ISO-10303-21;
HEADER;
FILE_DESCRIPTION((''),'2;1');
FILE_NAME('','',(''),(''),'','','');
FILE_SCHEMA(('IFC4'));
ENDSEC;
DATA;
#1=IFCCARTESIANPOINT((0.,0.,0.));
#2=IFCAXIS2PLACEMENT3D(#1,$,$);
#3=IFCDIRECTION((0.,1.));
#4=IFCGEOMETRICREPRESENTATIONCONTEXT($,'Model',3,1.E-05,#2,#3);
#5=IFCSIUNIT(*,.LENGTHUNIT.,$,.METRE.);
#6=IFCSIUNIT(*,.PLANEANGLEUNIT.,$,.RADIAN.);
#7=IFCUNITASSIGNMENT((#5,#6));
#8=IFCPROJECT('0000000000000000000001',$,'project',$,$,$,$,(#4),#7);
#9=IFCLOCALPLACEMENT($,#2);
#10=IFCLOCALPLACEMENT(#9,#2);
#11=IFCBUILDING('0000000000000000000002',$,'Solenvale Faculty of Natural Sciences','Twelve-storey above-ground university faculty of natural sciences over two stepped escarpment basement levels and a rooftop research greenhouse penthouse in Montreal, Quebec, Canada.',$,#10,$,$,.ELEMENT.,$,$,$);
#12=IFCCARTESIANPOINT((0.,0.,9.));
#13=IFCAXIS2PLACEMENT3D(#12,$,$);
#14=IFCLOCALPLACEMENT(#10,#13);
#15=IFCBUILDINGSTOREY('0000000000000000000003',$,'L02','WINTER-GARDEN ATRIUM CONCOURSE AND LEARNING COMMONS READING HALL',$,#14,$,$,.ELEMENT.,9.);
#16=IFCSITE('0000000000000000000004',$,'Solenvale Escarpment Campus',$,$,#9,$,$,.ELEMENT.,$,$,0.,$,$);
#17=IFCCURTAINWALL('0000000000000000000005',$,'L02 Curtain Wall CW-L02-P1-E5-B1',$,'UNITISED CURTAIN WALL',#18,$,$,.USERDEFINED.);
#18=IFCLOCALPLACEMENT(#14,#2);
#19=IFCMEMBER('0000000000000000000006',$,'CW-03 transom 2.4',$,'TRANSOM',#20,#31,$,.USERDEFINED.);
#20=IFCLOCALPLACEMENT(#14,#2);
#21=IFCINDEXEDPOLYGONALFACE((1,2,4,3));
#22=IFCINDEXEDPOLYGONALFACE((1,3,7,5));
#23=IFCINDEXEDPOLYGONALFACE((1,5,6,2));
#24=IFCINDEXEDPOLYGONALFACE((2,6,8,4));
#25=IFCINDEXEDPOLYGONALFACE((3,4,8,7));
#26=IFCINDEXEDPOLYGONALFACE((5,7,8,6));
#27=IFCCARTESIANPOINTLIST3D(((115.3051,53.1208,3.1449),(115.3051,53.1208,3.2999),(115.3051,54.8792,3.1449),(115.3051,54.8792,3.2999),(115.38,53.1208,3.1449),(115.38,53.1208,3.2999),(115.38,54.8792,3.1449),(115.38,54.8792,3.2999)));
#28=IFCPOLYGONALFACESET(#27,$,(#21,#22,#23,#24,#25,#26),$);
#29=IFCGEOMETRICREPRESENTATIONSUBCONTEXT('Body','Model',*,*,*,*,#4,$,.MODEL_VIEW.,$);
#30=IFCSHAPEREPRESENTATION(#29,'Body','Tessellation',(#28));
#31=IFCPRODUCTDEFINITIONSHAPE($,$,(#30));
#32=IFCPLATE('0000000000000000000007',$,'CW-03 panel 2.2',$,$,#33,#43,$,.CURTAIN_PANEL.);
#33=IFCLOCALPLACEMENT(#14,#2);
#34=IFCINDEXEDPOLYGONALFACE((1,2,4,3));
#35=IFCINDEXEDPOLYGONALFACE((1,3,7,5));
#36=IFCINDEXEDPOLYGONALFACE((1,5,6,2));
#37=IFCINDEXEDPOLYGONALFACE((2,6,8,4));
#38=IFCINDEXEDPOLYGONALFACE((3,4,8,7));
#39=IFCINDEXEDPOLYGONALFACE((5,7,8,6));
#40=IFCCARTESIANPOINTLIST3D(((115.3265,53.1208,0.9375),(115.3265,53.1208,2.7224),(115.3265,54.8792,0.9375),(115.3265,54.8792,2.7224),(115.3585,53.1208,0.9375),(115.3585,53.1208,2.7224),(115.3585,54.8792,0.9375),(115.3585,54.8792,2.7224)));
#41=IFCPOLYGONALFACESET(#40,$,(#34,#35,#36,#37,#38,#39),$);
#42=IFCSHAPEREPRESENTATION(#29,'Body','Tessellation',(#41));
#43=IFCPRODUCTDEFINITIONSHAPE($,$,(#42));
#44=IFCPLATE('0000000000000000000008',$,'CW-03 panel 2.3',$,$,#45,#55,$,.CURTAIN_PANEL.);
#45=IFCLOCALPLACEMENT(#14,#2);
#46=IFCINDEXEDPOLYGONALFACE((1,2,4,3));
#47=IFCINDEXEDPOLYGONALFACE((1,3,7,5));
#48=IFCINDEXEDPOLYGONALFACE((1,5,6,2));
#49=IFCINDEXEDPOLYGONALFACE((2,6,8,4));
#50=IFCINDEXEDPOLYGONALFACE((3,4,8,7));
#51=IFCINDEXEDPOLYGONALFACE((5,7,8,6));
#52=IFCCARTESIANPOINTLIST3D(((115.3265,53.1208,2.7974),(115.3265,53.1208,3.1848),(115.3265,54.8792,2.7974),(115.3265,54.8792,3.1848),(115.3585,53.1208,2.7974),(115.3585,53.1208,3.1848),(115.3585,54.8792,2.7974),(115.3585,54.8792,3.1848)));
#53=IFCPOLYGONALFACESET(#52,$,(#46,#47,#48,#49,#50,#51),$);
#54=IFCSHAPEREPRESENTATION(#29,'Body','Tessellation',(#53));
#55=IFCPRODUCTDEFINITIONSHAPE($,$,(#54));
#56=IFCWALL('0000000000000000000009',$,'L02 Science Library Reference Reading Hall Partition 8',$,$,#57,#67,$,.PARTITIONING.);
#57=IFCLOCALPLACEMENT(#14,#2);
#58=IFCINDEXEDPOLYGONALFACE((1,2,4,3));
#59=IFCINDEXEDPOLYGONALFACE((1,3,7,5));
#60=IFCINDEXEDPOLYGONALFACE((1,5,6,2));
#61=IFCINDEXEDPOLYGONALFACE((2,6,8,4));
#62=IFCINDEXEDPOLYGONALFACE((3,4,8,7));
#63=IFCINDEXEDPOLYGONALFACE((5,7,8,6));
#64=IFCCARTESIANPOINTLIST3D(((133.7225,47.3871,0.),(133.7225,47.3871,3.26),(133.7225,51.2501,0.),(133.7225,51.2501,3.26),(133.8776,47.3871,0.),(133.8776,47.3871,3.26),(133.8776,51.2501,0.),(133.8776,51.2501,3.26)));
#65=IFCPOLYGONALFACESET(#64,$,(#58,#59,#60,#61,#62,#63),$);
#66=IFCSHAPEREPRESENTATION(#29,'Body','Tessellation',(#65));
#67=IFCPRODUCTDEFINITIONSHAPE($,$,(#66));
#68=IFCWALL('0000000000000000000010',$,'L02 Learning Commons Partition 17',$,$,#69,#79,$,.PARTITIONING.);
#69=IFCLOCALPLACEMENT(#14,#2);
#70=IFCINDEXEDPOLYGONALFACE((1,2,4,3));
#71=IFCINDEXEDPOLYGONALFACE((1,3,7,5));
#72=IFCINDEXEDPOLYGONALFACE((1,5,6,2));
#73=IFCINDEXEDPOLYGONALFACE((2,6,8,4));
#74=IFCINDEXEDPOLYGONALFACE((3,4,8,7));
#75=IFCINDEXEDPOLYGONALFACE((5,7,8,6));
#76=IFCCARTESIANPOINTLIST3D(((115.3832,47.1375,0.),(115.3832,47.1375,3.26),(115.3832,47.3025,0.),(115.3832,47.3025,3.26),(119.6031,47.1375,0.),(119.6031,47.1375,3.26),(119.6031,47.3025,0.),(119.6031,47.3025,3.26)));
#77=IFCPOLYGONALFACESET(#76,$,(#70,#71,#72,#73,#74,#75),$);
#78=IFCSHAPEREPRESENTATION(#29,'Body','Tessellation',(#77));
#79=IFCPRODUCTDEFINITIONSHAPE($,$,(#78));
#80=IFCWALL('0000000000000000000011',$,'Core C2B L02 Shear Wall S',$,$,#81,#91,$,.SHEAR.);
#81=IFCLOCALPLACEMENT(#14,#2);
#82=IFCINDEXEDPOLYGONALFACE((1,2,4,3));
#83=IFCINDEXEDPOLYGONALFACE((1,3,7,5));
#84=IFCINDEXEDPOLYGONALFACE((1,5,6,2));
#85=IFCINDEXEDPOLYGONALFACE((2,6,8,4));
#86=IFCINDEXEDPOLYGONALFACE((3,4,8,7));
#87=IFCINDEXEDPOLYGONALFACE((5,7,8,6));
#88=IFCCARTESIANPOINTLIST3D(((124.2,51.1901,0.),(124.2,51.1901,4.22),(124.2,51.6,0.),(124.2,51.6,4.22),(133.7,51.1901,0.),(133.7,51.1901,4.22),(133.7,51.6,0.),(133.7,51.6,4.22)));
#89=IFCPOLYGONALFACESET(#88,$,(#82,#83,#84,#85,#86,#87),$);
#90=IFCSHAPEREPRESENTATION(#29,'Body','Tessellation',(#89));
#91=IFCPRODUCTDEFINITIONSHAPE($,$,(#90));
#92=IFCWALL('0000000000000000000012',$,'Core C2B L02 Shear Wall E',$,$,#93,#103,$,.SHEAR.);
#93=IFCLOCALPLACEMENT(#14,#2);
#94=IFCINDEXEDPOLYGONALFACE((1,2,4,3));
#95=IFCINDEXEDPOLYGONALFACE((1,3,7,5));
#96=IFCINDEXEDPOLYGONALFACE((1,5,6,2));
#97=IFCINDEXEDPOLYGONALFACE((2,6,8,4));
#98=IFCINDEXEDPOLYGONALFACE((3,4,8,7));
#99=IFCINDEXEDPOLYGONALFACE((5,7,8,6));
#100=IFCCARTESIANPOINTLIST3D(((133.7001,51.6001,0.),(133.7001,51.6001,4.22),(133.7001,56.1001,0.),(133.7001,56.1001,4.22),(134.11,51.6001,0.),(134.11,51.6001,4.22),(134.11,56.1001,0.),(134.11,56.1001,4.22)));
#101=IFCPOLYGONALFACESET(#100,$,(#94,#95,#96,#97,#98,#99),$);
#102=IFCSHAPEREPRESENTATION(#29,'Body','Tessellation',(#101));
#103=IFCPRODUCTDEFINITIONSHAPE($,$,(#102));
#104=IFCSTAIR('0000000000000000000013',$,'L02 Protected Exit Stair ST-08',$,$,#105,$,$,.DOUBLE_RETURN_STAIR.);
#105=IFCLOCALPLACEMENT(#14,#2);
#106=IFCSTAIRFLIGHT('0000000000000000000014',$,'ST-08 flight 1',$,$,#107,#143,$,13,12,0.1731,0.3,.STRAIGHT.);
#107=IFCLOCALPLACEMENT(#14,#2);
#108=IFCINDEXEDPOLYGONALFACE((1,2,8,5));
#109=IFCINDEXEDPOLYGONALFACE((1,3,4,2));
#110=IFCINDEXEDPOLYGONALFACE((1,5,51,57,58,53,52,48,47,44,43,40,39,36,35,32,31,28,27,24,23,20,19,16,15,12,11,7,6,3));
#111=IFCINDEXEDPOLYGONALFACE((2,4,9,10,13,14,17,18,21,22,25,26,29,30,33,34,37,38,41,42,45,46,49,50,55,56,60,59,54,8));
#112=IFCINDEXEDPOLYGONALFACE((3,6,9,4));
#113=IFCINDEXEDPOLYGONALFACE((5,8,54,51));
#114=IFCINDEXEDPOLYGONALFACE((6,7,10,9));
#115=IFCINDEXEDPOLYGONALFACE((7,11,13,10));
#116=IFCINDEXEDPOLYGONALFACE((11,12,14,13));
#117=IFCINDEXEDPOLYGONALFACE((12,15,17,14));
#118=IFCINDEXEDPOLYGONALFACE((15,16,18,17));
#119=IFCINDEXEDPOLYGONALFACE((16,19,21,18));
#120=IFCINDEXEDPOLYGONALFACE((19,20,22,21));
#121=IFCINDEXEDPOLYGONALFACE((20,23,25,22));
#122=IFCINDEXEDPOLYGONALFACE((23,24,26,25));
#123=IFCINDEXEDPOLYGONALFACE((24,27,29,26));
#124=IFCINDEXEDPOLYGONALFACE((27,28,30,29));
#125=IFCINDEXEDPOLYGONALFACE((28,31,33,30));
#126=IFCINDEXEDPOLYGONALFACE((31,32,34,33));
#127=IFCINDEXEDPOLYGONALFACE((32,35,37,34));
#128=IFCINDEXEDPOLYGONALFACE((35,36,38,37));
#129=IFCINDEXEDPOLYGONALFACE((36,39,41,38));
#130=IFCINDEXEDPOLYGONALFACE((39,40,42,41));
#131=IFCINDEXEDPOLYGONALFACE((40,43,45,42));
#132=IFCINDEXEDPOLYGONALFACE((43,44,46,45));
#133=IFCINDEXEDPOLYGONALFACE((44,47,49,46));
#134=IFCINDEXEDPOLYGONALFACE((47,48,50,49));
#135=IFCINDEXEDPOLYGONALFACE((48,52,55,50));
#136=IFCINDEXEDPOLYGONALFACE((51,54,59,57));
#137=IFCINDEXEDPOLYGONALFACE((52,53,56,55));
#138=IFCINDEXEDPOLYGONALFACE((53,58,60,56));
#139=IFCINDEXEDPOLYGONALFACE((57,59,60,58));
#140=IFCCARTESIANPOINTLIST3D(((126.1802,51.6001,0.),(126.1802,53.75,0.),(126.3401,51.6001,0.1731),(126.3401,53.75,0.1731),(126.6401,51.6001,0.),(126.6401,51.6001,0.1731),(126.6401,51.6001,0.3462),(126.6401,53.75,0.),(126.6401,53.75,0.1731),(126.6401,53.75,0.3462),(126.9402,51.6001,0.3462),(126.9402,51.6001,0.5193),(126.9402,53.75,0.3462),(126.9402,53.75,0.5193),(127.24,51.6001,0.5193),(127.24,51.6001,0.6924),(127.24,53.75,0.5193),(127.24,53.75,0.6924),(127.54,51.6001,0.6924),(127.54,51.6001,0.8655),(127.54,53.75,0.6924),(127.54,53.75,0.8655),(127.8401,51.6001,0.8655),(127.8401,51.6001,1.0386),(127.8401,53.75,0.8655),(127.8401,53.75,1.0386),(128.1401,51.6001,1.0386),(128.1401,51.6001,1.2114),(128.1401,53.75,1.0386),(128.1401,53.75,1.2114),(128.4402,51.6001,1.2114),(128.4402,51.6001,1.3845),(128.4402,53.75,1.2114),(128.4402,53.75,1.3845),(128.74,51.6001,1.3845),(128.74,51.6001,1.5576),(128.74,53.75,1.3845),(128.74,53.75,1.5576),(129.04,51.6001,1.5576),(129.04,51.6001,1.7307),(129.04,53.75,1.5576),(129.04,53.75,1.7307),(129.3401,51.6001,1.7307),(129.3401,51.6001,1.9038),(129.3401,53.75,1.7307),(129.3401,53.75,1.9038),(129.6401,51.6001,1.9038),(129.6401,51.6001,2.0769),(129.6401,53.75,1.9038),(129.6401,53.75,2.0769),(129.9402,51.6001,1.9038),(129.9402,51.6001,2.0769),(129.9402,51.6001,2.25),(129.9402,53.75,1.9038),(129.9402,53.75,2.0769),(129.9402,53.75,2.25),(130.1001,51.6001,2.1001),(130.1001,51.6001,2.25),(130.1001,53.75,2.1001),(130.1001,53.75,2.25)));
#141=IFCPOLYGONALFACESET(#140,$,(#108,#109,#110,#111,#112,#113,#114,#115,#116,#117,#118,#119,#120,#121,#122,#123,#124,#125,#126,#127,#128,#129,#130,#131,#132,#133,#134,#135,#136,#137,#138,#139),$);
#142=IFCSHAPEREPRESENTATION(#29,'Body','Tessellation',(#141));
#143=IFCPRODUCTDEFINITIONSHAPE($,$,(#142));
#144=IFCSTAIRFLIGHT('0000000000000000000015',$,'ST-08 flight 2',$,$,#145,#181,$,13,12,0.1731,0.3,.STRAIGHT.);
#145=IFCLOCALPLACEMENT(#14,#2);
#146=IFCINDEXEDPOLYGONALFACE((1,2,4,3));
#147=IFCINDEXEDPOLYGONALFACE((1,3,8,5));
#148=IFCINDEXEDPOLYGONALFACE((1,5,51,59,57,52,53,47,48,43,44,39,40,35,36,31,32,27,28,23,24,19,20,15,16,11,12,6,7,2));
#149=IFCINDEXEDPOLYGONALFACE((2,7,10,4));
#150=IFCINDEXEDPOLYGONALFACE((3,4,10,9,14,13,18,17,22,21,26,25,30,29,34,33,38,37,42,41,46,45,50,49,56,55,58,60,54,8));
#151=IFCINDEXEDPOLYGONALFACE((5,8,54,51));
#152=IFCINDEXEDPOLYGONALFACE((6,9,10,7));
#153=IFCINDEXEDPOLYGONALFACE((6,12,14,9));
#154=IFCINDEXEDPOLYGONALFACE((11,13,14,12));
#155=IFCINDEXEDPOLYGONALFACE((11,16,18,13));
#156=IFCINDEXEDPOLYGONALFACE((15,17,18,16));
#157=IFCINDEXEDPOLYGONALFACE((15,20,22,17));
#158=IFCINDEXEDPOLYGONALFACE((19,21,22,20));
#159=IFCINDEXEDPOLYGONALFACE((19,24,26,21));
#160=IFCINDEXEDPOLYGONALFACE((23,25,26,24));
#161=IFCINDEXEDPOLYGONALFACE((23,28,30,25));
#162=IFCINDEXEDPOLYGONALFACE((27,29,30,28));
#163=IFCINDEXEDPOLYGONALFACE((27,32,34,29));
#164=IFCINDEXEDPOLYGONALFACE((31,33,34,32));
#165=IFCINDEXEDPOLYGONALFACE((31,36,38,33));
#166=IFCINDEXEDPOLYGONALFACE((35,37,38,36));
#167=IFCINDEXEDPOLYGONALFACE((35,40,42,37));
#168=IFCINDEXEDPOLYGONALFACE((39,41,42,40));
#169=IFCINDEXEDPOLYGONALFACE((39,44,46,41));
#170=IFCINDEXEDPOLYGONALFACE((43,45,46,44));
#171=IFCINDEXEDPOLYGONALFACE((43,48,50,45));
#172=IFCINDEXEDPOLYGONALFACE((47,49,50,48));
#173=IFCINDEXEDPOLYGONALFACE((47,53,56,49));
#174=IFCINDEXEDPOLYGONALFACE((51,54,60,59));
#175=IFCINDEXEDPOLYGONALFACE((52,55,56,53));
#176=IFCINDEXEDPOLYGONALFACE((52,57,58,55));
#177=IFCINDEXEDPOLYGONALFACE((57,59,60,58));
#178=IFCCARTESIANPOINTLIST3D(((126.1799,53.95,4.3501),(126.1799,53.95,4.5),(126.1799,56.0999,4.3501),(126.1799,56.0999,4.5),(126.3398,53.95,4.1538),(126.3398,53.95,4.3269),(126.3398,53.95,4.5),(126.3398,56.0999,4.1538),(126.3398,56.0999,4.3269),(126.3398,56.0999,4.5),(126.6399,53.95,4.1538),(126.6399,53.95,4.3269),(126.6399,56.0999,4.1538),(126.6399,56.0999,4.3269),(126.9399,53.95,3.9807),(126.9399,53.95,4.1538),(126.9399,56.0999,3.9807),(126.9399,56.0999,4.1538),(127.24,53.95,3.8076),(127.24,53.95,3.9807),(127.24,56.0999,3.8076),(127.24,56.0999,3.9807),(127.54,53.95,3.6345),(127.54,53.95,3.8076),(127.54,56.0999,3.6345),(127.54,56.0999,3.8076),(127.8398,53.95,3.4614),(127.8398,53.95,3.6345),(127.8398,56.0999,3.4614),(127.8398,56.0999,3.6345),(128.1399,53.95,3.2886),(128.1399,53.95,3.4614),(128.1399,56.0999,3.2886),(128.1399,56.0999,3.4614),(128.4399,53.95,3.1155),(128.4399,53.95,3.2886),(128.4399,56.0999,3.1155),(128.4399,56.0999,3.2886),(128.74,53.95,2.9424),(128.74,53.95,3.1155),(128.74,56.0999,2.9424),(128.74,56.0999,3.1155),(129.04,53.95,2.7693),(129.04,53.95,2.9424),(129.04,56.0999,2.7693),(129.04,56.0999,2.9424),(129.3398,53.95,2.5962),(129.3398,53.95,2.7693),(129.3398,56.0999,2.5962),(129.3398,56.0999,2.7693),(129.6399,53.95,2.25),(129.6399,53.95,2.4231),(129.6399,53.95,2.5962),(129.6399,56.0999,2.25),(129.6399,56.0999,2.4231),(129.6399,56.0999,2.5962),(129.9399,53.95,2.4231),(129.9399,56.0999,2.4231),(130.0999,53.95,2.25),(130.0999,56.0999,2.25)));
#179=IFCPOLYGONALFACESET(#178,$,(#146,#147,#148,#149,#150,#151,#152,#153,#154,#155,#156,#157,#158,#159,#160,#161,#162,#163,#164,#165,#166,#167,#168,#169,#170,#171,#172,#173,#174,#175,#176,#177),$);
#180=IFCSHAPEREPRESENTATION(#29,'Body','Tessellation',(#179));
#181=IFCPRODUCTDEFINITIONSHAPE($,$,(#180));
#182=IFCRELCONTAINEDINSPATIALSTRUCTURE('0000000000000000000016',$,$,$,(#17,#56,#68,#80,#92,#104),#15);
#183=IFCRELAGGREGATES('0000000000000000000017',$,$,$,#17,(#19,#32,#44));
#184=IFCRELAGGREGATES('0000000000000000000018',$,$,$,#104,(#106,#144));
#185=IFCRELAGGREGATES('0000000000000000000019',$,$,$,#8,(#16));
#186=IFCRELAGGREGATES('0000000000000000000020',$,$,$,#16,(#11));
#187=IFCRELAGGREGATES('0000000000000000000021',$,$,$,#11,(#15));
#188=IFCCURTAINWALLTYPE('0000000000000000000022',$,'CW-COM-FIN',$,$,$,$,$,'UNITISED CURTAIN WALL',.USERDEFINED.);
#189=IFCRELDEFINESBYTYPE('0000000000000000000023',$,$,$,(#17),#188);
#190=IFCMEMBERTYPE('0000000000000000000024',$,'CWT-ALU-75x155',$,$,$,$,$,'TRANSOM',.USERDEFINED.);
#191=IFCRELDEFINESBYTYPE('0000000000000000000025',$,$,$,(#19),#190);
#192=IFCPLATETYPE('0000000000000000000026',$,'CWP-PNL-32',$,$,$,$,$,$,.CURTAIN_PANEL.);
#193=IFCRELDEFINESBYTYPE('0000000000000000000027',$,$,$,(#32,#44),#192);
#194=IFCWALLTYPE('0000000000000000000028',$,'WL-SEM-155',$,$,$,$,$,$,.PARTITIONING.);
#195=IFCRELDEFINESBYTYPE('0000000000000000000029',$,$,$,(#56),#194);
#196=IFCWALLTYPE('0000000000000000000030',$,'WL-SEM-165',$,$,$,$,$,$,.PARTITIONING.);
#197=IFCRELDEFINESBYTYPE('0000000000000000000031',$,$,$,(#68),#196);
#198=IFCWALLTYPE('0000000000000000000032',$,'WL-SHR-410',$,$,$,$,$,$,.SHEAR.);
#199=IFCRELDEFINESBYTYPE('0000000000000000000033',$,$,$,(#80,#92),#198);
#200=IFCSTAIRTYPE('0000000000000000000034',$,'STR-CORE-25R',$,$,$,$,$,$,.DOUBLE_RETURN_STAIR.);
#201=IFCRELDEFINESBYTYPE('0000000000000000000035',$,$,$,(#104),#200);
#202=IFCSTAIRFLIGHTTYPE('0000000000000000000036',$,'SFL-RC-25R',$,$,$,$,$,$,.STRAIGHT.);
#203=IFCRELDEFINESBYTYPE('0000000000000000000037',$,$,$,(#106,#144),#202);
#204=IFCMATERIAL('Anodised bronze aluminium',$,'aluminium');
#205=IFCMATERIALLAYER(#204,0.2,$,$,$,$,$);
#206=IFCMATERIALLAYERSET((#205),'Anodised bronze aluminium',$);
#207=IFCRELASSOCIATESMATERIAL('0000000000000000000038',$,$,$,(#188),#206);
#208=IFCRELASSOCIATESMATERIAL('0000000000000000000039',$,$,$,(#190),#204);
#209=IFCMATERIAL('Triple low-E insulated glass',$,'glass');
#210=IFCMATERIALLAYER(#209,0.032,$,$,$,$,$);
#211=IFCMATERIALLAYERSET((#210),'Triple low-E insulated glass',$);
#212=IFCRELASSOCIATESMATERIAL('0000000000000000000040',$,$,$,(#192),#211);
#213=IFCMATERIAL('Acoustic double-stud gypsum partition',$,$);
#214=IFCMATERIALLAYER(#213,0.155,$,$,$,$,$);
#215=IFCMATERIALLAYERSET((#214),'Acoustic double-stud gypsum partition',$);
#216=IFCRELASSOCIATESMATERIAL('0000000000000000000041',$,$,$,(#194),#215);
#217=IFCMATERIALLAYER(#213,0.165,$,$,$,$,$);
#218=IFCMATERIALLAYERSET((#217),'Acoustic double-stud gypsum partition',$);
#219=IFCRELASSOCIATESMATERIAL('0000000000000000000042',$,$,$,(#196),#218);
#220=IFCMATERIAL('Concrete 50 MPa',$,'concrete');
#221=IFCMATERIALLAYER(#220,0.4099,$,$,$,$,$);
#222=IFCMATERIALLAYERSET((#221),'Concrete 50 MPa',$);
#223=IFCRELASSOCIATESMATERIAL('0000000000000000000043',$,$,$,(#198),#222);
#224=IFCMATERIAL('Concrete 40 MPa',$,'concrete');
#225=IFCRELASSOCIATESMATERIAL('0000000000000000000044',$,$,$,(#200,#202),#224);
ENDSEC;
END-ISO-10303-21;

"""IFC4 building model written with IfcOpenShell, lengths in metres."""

from ifc_helpers import new_model, si_unit, direction, frame, frame_2d, origin, origin_2d, place, context, subcontext, project, spatial, polyline, rectangle, outline, extrude, material, layer, layer_set, material_profile, profile_set, type_object, element, aggregate, save


model = new_model("IFC4")

# Units and contexts
model_context = context("Model", 3, precision=1e-05, world=origin(), true_north=direction((0.0, 1.0)))
body_context = subcontext(model_context, "Body", "Model", "MODEL_VIEW")
ifc_project = project(units=[si_unit("LENGTHUNIT", "METRE"), si_unit("PLANEANGLEUNIT", "RADIAN")], contexts=[model_context])

# Site, building, storey
site_placement = place(None, origin())
site = spatial("IfcSite", under=ifc_project, at=site_placement, Name="Solenvale Escarpment Campus", CompositionType="ELEMENT", RefElevation=0.0)
building_placement = place(site_placement, origin())
building = spatial("IfcBuilding", under=site, at=building_placement, Name="Solenvale Faculty of Natural Sciences", Description="Twelve-storey above-ground university faculty of natural sciences over two stepped escarpment basement levels and a rooftop research greenhouse penthouse in Montreal, Quebec, Canada.", CompositionType="ELEMENT")
storey_placement = place(building_placement, frame((0.0, 0.0, 9.0)))
storey = spatial("IfcBuildingStorey", under=building, at=storey_placement, Name="L02", Description="WINTER-GARDEN ATRIUM CONCOURSE AND LEARNING COMMONS READING HALL", CompositionType="ELEMENT", Elevation=9.0)

# Shared definitions
ifc_material_1 = material(Name="Concrete 50 MPa", Category="concrete")

# Shared definitions
ifc_material_2 = material(Name="Concrete 40 MPa", Category="concrete")

# Curtain wall, member, plates
ifc_material_3 = material(Name="Anodised bronze aluminium", Category="aluminium")
ifc_layer_1 = layer(ifc_material_3, 0.2)
ifc_layer_set_1 = layer_set([ifc_layer_1], Name="Anodised bronze aluminium")
curtain_wall_type = type_object("IfcCurtainWallType", Name="CW-COM-FIN", ElementType="UNITISED CURTAIN WALL", PredefinedType="USERDEFINED", material=ifc_layer_set_1)
curtain_wall_placement = place(storey_placement, origin())
curtain_wall = element("IfcCurtainWall", 1, at=curtain_wall_placement, inside=storey, type_object=curtain_wall_type, Name="L02 Curtain Wall CW-L02-P1-E5-B1", ObjectType="UNITISED CURTAIN WALL", PredefinedType="USERDEFINED")
ifc_material_profile_1 = material_profile(ifc_material_3, rectangle(XDim=0.075, YDim=0.155, at=origin_2d()), Name="ALU-TRN-75x155")
ifc_profile_set_1 = profile_set([ifc_material_profile_1], Name="Anodised bronze aluminium")
member_type_1 = type_object("IfcMemberType", Name="CWT-ALU-75x155", ElementType="TRANSOM", PredefinedType="USERDEFINED", material=ifc_profile_set_1)
member_1_placement = place(storey_placement, frame((115.3425, 54.8792, 3.2224), z_axis=(0.0, -1.0, 0.0), x_axis=(1.0, 0.0, 0.0)))
member_1 = element("IfcMember", 2, at=member_1_placement, type_object=member_type_1, Name="CW-03 transom 2.4", ObjectType="TRANSOM", PredefinedType="USERDEFINED", context=body_context, shape_type="SweptSolid", body=[
    extrude(rectangle(XDim=0.075, YDim=0.155, at=origin_2d()), origin(), (0.0, 0.0, 1.0), 1.7583),
])
ifc_material_4 = material(Name="Triple low-E insulated glass", Category="glass")
ifc_layer_2 = layer(ifc_material_4, 0.032)
ifc_layer_set_2 = layer_set([ifc_layer_2], Name="Triple low-E insulated glass")
plate_type = type_object("IfcPlateType", Name="CWP-PNL-32", PredefinedType="CURTAIN_PANEL", material=ifc_layer_set_2)
plate_1_placement = place(storey_placement, frame((115.3425, 54.0, 0.9375), z_axis=(0.0, 0.0, 1.0), x_axis=(0.0, -1.0, 0.0)))
plate_1 = element("IfcPlate", 3, at=plate_1_placement, type_object=plate_type, Name="CW-03 panel 2.2", PredefinedType="CURTAIN_PANEL", context=body_context, shape_type="SweptSolid", body=[
    extrude(rectangle(XDim=1.7583, YDim=0.032, at=origin_2d()), origin(), (0.0, 0.0, 1.0), 1.7849),
])
plate_2_placement = place(storey_placement, frame((115.3425, 54.0, 2.7974), z_axis=(0.0, 0.0, 1.0), x_axis=(0.0, -1.0, 0.0)))
plate_2 = element("IfcPlate", 4, at=plate_2_placement, type_object=plate_type, Name="CW-03 panel 2.3", PredefinedType="CURTAIN_PANEL", context=body_context, shape_type="SweptSolid", body=[
    extrude(rectangle(XDim=1.7583, YDim=0.032, at=origin_2d()), origin(), (0.0, 0.0, 1.0), 0.3875),
])
aggregate(curtain_wall, [member_1, plate_1, plate_2])

# Walls
ifc_material_5 = material(Name="Acoustic double-stud gypsum partition")
ifc_layer_3 = layer(ifc_material_5, 0.155)
ifc_layer_set_3 = layer_set([ifc_layer_3], Name="Acoustic double-stud gypsum partition")
wall_type_1 = type_object("IfcWallType", Name="WL-SEM-155", PredefinedType="PARTITIONING", material=ifc_layer_set_3)
wall_1_placement = place(storey_placement, frame((133.8, 47.387, 0.0), z_axis=(0.0, 0.0, 1.0), x_axis=(0.0, 1.0, 0.0)))
element("IfcWall", 5, at=wall_1_placement, inside=storey, type_object=wall_type_1, Name="L02 Science Library Reference Reading Hall Partition 8", PredefinedType="PARTITIONING", context=body_context, shape_type="SweptSolid", body=[
    extrude(rectangle(XDim=3.863, YDim=0.155, at=frame_2d((1.9316, 0.0))), origin(), (0.0, 0.0, 1.0), 3.26),
])
ifc_layer_4 = layer(ifc_material_5, 0.165)
ifc_layer_set_4 = layer_set([ifc_layer_4], Name="Acoustic double-stud gypsum partition")
wall_type_2 = type_object("IfcWallType", Name="WL-SEM-165", PredefinedType="PARTITIONING", material=ifc_layer_set_4)
wall_2_placement = place(storey_placement, frame((119.603, 47.22, 0.0), z_axis=(0.0, 0.0, 1.0), x_axis=(-1.0, 0.0, 0.0)))
element("IfcWall", 6, at=wall_2_placement, inside=storey, type_object=wall_type_2, Name="L02 Learning Commons Partition 17", PredefinedType="PARTITIONING", context=body_context, shape_type="SweptSolid", body=[
    extrude(rectangle(XDim=4.22, YDim=0.165, at=frame_2d((2.1099, 0.0))), origin(), (0.0, 0.0, 1.0), 3.26),
])
ifc_layer_5 = layer(ifc_material_1, 0.4099)
ifc_layer_set_5 = layer_set([ifc_layer_5], Name="Concrete 50 MPa")
wall_type_3 = type_object("IfcWallType", Name="WL-SHR-410", PredefinedType="SHEAR", material=ifc_layer_set_5)
wall_3_placement = place(storey_placement, frame((124.2, 51.395, 0.0), z_axis=(0.0, 0.0, 1.0), x_axis=(1.0, 0.0, 0.0)))
element("IfcWall", 7, at=wall_3_placement, inside=storey, type_object=wall_type_3, Name="Core C2B L02 Shear Wall S", PredefinedType="SHEAR", context=body_context, shape_type="SweptSolid", body=[
    extrude(rectangle(XDim=9.5, YDim=0.4099, at=frame_2d((4.75, 0.0))), origin(), (0.0, 0.0, 1.0), 4.22),
])

# Wall
wall_4_placement = place(storey_placement, frame((133.905, 51.6001, 0.0), z_axis=(0.0, 0.0, 1.0), x_axis=(0.0, 1.0, 0.0)))
element("IfcWall", 8, at=wall_4_placement, inside=storey, type_object=wall_type_3, Name="Core C2B L02 Shear Wall E", PredefinedType="SHEAR", context=body_context, shape_type="SweptSolid", body=[
    extrude(rectangle(XDim=4.5, YDim=0.4099, at=frame_2d((2.25, 0.0))), origin(), (0.0, 0.0, 1.0), 4.22),
])

# Stair, stair flights
stair_type = type_object("IfcStairType", Name="STR-CORE-25R", PredefinedType="DOUBLE_RETURN_STAIR", material=ifc_material_2)
stair_placement = place(storey_placement, origin())
stair = element("IfcStair", 9, at=stair_placement, inside=storey, type_object=stair_type, Name="L02 Protected Exit Stair ST-08", PredefinedType="DOUBLE_RETURN_STAIR")
stair_flight_type = type_object("IfcStairFlightType", Name="SFL-RC-25R", PredefinedType="STRAIGHT", material=ifc_material_2)
stair_flight_1_placement = place(storey_placement, frame((126.3401, 52.675, 0.0), z_axis=(0.0, 0.0, 1.0), x_axis=(1.0, 0.0, 0.0)))
stair_flight_1 = element("IfcStairFlight", 10, at=stair_flight_1_placement, type_object=stair_flight_type, Name="ST-08 flight 1", NumberOfRisers=13, NumberOfTreads=12, PredefinedType="STRAIGHT", RiserHeight=0.1731, TreadLength=0.3, context=body_context, shape_type="SweptSolid", body=[
    extrude(outline(polyline([(-0.1599, 0.0), (0.0, 0.1731), (0.3, 0.1731), (0.3, 0.3462), (0.6001, 0.3462), (0.6001, 0.5193), (0.8999, 0.5193), (0.8999, 0.6924), (1.2, 0.6924), (1.2, 0.8655), (1.5, 0.8655), (1.5, 1.0386), (1.8, 1.0386), (1.8, 1.2114), (2.1001, 1.2114), (2.1001, 1.3845), (2.3999, 1.3845), (2.3999, 1.5576), (2.7, 1.5576), (2.7, 1.7307), (3.0, 1.7307), (3.0, 1.9038), (3.3, 1.9038), (3.3, 2.0769), (3.6001, 2.0769), (3.6001, 2.25), (3.76, 2.25), (3.76, 2.1001), (3.6001, 1.9038), (0.3, 0.0), (-0.1599, 0.0)])), frame((0.0, 1.075, 0.0), z_axis=(0.0, -1.0, 0.0), x_axis=(1.0, 0.0, 0.0)), (0.0, 0.0, 1.0), 2.1499),
])
stair_flight_2_placement = place(storey_placement, frame((129.9399, 55.0249, 2.25), z_axis=(0.0, 0.0, 1.0), x_axis=(-1.0, 0.0, 0.0)))
stair_flight_2 = element("IfcStairFlight", 11, at=stair_flight_2_placement, type_object=stair_flight_type, Name="ST-08 flight 2", NumberOfRisers=13, NumberOfTreads=12, PredefinedType="STRAIGHT", RiserHeight=0.1731, TreadLength=0.3, context=body_context, shape_type="SweptSolid", body=[
    extrude(outline(polyline([(-0.1599, 0.0), (0.0, 0.1731), (0.3, 0.1731), (0.3, 0.3462), (0.6001, 0.3462), (0.6001, 0.5193), (0.8999, 0.5193), (0.8999, 0.6924), (1.2, 0.6924), (1.2, 0.8655), (1.5, 0.8655), (1.5, 1.0386), (1.8, 1.0386), (1.8, 1.2114), (2.1001, 1.2114), (2.1001, 1.3845), (2.3999, 1.3845), (2.3999, 1.5576), (2.7, 1.5576), (2.7, 1.7307), (3.0, 1.7307), (3.0, 1.9038), (3.3, 1.9038), (3.3, 2.0769), (3.6001, 2.0769), (3.6001, 2.25), (3.76, 2.25), (3.76, 2.1001), (3.6001, 1.9038), (0.3, 0.0), (-0.1599, 0.0)])), frame((0.0, 1.075, 0.0), z_axis=(0.0, -1.0, 0.0), x_axis=(1.0, 0.0, 0.0)), (0.0, 0.0, 1.0), 2.1499),
])
aggregate(stair, [stair_flight_1, stair_flight_2])

save(model, "model.ifc")
